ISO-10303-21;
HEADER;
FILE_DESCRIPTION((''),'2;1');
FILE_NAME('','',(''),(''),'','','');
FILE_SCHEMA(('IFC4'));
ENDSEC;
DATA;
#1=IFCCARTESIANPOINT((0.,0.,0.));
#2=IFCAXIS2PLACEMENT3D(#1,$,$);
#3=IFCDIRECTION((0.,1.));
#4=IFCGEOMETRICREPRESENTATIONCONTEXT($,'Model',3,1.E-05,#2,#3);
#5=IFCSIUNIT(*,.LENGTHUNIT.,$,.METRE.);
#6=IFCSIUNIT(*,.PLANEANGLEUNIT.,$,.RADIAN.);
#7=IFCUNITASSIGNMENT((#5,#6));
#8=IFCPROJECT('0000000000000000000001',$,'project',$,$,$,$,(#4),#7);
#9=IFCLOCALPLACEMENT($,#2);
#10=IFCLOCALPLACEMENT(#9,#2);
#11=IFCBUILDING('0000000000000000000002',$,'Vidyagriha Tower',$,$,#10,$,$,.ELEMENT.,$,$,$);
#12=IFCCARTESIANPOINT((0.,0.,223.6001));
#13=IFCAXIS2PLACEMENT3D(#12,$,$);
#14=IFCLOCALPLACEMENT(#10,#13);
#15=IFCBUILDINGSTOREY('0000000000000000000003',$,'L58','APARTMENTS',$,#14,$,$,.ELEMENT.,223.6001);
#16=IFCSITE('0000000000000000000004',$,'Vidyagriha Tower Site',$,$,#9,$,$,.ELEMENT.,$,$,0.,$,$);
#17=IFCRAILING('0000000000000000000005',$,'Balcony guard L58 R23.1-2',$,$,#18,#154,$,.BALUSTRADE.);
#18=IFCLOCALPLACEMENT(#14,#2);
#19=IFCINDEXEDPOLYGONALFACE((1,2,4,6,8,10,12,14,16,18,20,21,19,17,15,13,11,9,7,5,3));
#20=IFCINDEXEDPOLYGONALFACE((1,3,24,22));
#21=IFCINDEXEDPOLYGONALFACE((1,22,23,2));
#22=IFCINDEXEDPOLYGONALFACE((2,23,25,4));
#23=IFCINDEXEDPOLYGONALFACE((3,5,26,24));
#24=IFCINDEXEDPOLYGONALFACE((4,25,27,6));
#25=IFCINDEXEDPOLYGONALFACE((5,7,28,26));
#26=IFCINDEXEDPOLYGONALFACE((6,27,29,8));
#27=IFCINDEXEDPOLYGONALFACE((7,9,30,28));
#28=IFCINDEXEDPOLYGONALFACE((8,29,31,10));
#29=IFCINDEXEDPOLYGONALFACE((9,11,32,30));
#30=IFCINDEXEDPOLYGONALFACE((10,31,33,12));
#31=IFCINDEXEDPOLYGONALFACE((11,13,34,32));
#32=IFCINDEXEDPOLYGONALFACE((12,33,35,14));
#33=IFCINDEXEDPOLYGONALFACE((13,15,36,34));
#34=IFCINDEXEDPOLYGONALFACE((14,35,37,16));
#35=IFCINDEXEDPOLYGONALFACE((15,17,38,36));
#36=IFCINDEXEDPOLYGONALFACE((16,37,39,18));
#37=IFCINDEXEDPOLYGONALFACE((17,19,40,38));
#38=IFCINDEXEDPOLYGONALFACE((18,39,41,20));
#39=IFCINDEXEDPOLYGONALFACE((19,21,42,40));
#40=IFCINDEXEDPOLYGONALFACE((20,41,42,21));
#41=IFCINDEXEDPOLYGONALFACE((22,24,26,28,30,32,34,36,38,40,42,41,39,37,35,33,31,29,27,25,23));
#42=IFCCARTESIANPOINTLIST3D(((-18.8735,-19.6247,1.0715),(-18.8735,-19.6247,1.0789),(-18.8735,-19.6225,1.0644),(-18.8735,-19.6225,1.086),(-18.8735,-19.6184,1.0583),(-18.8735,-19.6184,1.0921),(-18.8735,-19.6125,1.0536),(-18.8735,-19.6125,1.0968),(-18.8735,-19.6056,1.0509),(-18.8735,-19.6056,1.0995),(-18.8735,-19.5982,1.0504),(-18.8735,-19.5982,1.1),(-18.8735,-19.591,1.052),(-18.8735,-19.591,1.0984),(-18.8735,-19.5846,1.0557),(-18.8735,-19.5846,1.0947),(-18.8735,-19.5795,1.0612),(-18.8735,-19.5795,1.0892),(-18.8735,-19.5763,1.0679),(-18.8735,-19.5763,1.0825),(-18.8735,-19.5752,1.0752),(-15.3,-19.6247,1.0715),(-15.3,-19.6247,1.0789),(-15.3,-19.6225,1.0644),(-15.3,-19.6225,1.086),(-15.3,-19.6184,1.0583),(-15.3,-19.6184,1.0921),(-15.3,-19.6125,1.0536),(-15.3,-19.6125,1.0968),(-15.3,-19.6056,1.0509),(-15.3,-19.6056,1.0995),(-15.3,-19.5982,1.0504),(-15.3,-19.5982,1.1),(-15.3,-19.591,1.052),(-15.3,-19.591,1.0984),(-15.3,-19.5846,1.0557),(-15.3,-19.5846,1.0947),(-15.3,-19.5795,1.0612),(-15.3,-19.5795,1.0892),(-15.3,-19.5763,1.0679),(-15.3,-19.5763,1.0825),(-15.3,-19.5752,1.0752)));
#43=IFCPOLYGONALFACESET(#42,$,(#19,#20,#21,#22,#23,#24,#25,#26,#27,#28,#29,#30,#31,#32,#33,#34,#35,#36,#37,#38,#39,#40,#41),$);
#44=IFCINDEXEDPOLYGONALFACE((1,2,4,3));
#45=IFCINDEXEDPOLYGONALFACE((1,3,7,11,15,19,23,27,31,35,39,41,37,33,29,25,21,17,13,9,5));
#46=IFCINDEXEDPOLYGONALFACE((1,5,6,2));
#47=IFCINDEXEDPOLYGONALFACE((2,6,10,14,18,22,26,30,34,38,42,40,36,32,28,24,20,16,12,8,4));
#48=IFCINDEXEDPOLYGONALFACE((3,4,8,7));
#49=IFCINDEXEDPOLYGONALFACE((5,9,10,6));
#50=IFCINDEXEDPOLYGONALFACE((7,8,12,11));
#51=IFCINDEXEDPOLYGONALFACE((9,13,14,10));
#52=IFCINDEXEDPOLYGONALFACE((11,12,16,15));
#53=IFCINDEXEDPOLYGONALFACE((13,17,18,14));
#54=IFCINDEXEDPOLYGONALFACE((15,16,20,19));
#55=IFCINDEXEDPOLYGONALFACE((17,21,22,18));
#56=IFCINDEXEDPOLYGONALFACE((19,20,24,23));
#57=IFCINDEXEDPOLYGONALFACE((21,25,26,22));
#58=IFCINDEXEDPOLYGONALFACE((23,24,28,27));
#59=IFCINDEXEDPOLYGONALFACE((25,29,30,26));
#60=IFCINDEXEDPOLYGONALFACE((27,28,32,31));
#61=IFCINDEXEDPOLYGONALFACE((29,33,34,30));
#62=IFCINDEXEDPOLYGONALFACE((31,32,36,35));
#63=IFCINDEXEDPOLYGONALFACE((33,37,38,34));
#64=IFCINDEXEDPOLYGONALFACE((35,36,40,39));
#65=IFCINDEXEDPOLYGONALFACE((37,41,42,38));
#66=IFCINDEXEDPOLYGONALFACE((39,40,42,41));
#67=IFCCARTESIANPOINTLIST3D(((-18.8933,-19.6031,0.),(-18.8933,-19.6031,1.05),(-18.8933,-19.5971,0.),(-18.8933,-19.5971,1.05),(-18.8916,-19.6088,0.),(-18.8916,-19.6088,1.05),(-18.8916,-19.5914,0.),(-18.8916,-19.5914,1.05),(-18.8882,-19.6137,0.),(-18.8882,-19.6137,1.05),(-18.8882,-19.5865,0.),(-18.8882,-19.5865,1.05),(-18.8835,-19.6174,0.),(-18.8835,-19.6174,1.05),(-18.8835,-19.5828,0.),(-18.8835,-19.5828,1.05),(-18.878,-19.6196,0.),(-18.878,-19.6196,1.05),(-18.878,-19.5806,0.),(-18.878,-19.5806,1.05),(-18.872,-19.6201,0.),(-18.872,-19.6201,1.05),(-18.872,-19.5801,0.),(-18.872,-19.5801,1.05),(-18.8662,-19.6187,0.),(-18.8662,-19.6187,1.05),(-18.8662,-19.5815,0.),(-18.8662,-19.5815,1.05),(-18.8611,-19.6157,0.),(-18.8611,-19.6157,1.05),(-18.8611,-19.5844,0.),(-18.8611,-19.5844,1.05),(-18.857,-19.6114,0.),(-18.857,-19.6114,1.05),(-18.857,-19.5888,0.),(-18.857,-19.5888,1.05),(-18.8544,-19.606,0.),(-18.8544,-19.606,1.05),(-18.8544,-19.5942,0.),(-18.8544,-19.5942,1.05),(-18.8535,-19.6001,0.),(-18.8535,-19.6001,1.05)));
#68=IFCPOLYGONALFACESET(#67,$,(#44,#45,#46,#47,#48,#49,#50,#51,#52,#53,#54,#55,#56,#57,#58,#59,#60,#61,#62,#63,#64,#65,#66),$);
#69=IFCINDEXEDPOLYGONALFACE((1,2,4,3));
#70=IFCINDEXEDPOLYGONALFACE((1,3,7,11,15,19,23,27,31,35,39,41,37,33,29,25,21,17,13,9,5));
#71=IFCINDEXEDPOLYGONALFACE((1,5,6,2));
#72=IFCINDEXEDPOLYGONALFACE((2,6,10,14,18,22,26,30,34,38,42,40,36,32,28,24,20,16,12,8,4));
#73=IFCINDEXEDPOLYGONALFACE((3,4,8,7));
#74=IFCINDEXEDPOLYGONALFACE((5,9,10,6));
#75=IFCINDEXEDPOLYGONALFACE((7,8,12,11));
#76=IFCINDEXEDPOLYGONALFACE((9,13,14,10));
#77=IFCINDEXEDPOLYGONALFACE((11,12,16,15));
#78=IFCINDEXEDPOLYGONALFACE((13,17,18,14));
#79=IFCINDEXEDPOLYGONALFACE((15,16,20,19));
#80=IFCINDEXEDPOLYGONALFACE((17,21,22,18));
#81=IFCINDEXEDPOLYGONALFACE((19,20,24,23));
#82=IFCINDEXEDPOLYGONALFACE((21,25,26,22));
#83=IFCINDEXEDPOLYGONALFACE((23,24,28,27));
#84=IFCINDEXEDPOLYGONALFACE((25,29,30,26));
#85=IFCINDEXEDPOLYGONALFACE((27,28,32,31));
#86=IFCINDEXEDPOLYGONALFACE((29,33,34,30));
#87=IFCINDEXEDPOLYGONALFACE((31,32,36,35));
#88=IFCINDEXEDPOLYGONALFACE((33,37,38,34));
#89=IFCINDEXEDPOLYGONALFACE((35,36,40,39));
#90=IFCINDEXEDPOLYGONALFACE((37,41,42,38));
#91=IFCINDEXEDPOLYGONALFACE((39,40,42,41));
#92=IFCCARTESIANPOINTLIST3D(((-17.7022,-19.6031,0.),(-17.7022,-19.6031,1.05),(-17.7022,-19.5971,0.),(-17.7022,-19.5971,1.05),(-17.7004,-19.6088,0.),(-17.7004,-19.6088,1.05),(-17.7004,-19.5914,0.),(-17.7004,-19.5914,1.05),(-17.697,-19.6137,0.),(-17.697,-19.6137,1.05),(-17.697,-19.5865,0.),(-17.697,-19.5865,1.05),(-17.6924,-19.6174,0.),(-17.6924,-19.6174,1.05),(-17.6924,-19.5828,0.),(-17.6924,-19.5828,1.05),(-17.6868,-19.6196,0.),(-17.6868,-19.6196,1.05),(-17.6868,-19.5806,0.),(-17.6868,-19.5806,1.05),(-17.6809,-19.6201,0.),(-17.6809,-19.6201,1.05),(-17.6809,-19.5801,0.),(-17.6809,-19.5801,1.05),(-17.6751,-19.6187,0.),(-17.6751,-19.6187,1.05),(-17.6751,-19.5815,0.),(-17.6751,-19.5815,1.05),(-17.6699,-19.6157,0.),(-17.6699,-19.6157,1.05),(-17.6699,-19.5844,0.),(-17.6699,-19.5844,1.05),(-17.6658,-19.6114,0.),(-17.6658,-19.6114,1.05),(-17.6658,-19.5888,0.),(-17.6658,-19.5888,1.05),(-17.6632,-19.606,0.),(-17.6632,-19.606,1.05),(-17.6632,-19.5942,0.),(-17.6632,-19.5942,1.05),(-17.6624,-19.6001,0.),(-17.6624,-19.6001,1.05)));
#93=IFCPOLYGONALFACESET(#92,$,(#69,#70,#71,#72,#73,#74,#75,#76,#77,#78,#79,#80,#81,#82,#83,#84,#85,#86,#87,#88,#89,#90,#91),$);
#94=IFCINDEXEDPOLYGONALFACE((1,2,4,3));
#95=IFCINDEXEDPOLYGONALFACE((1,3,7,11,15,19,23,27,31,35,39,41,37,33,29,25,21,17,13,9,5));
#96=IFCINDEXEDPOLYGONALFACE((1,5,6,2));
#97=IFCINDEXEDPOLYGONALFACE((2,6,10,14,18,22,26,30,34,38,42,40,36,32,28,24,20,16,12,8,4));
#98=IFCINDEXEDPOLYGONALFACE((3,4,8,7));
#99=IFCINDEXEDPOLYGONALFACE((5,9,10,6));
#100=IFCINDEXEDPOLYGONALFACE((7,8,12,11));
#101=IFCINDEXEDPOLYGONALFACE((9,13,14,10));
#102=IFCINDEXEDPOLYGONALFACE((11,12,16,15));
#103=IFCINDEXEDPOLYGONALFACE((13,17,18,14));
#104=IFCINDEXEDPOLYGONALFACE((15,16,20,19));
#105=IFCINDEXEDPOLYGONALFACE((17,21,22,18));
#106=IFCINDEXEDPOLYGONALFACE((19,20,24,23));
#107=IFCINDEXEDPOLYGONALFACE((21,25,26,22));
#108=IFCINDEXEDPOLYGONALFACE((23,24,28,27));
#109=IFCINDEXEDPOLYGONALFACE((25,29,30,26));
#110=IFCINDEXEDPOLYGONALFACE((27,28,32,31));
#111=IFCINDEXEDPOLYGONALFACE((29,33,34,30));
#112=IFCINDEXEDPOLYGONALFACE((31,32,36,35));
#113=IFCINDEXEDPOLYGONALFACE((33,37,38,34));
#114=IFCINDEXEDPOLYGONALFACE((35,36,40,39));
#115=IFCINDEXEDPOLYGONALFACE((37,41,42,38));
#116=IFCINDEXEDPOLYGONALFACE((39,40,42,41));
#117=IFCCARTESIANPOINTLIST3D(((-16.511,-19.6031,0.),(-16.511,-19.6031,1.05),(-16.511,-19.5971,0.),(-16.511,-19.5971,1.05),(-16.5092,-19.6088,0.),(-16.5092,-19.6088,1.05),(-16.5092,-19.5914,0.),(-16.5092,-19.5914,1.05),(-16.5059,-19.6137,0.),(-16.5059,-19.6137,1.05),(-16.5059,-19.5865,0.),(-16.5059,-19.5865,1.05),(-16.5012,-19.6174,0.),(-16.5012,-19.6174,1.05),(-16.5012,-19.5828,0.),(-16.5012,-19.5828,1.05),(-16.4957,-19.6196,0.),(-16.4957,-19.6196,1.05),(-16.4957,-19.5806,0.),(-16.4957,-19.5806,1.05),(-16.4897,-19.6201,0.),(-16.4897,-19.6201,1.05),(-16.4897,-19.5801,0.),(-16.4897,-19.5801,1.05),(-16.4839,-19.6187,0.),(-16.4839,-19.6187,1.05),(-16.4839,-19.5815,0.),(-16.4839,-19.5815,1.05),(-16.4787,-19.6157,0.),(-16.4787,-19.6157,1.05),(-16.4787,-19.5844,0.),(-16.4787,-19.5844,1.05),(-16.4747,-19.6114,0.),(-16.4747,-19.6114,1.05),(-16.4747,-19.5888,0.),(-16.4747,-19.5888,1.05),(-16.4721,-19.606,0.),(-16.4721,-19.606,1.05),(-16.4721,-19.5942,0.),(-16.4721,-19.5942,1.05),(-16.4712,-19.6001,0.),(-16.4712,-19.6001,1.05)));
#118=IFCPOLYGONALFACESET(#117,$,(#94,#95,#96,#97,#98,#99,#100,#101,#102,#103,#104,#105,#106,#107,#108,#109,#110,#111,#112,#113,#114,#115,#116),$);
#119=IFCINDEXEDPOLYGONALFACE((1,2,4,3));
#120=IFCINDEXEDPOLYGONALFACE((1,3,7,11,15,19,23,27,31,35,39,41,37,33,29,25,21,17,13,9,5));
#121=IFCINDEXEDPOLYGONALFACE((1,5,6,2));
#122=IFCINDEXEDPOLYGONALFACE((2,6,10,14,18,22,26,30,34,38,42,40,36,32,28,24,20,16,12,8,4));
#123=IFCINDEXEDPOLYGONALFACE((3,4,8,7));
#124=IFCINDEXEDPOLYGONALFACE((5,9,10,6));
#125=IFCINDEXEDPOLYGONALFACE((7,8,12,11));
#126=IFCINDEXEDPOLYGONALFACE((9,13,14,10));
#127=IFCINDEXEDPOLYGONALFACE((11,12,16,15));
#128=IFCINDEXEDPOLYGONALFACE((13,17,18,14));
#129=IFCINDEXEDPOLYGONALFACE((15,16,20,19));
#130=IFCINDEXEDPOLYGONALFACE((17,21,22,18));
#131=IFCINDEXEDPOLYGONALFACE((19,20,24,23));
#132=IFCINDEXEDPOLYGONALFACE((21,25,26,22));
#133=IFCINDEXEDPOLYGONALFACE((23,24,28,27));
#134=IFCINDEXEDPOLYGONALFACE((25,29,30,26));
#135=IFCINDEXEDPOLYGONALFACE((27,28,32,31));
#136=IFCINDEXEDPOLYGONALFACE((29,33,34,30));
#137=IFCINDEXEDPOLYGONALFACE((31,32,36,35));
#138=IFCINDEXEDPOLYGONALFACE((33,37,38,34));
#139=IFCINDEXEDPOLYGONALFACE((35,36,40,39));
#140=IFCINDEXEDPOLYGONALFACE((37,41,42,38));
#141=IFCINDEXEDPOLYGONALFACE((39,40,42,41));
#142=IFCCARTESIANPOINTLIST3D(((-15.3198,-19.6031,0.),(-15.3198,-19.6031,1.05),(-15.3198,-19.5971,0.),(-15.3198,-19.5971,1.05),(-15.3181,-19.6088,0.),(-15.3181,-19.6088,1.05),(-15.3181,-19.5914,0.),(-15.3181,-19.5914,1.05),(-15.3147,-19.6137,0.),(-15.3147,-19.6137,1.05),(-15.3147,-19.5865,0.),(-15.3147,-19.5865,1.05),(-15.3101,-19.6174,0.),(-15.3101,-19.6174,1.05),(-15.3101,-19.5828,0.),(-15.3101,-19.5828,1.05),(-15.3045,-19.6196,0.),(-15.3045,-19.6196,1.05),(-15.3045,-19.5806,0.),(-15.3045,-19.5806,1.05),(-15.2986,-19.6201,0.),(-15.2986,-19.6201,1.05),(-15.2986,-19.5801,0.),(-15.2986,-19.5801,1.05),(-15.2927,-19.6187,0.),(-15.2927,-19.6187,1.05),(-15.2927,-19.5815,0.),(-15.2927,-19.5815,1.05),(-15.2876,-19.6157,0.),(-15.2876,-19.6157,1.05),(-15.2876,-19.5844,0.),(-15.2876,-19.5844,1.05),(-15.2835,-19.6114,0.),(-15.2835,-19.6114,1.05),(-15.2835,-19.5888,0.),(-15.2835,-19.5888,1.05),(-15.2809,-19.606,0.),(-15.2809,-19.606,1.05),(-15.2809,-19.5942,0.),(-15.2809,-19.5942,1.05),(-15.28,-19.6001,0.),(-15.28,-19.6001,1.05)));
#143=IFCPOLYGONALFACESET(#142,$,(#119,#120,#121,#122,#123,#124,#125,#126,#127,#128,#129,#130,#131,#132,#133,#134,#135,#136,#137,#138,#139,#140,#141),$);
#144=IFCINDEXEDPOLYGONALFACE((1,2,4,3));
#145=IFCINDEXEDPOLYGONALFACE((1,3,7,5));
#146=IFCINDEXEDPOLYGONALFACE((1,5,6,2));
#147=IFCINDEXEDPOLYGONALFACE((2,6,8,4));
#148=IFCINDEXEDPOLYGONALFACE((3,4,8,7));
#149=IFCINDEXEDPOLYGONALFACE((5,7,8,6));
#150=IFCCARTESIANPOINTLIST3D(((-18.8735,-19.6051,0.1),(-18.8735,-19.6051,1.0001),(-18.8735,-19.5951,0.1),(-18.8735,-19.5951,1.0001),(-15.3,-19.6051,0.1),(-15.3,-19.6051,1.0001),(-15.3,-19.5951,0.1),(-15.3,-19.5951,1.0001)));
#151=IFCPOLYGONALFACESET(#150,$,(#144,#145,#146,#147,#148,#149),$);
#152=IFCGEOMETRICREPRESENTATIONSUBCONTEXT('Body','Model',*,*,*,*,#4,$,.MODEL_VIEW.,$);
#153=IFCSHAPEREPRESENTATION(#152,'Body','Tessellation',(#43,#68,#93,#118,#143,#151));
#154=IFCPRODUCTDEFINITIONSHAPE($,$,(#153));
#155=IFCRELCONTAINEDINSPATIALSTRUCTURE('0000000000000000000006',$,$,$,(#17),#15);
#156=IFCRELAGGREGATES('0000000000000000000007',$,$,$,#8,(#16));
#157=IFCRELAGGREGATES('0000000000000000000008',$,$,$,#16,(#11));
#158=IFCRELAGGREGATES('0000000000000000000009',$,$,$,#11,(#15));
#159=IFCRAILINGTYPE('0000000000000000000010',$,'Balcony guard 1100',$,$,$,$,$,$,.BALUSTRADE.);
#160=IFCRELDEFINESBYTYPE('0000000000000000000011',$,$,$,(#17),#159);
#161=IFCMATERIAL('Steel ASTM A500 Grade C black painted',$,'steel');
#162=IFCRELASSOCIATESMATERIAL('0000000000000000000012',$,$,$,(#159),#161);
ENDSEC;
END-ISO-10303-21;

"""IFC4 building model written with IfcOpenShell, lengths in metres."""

from ifc_helpers import new_model, si_unit, direction, frame, origin, origin_2d, place, context, subcontext, project, spatial, rectangle, circle, extrude, material, type_object, element, save


model = new_model("IFC4")

# Units and contexts
model_context = context("Model", 3, precision=1e-05, world=origin(), true_north=direction((0.0, 1.0)))
body_context = subcontext(model_context, "Body", "Model", "MODEL_VIEW")
ifc_project = project(units=[si_unit("LENGTHUNIT", "METRE"), si_unit("PLANEANGLEUNIT", "RADIAN")], contexts=[model_context])

# Site, building, storey
site_placement = place(None, origin())
site = spatial("IfcSite", under=ifc_project, at=site_placement, Name="Vidyagriha Tower Site", CompositionType="ELEMENT", RefElevation=0.0)
building_placement = place(site_placement, origin())
building = spatial("IfcBuilding", under=site, at=building_placement, Name="Vidyagriha Tower", CompositionType="ELEMENT")
storey_placement = place(building_placement, frame((0.0, 0.0, 223.6001)))
storey = spatial("IfcBuildingStorey", under=building, at=storey_placement, Name="L58", Description="APARTMENTS", CompositionType="ELEMENT", Elevation=223.6001)

# Railing
ifc_material_1 = material(Name="Steel ASTM A500 Grade C black painted", Category="steel")
railing_type = type_object("IfcRailingType", Name="Balcony guard 1100", PredefinedType="BALUSTRADE", material=ifc_material_1)
railing_1_placement = place(storey_placement, frame((-18.8735, -19.6001, 0.0)))
element("IfcRailing", 1, at=railing_1_placement, inside=storey, type_object=railing_type, Name="Balcony guard L58 R23.1-2", PredefinedType="BALUSTRADE", context=body_context, shape_type="SweptSolid", body=[
    extrude(circle(Radius=0.0249, at=origin_2d()), frame((0.0, 0.0, 1.0752), z_axis=(1.0, 0.0, 0.0), x_axis=(0.0, 1.0, 0.0)), (0.0, 0.0, 1.0), 3.5735),
    extrude(circle(Radius=0.02, at=origin_2d()), origin(), (0.0, 0.0, 1.0), 1.05),
    extrude(circle(Radius=0.02, at=origin_2d()), frame((1.1912, 0.0, 0.0)), (0.0, 0.0, 1.0), 1.05),
    extrude(circle(Radius=0.02, at=origin_2d()), frame((2.3823, 0.0, 0.0)), (0.0, 0.0, 1.0), 1.05),
    extrude(circle(Radius=0.02, at=origin_2d()), frame((3.5735, 0.0, 0.0)), (0.0, 0.0, 1.0), 1.05),
    extrude(rectangle(XDim=0.01, YDim=0.9001, at=origin_2d()), frame((0.0, 0.0, 0.55), z_axis=(1.0, 0.0, 0.0), x_axis=(0.0, 1.0, 0.0)), (0.0, 0.0, 1.0), 3.5735),
])

save(model, "model.ifc")
